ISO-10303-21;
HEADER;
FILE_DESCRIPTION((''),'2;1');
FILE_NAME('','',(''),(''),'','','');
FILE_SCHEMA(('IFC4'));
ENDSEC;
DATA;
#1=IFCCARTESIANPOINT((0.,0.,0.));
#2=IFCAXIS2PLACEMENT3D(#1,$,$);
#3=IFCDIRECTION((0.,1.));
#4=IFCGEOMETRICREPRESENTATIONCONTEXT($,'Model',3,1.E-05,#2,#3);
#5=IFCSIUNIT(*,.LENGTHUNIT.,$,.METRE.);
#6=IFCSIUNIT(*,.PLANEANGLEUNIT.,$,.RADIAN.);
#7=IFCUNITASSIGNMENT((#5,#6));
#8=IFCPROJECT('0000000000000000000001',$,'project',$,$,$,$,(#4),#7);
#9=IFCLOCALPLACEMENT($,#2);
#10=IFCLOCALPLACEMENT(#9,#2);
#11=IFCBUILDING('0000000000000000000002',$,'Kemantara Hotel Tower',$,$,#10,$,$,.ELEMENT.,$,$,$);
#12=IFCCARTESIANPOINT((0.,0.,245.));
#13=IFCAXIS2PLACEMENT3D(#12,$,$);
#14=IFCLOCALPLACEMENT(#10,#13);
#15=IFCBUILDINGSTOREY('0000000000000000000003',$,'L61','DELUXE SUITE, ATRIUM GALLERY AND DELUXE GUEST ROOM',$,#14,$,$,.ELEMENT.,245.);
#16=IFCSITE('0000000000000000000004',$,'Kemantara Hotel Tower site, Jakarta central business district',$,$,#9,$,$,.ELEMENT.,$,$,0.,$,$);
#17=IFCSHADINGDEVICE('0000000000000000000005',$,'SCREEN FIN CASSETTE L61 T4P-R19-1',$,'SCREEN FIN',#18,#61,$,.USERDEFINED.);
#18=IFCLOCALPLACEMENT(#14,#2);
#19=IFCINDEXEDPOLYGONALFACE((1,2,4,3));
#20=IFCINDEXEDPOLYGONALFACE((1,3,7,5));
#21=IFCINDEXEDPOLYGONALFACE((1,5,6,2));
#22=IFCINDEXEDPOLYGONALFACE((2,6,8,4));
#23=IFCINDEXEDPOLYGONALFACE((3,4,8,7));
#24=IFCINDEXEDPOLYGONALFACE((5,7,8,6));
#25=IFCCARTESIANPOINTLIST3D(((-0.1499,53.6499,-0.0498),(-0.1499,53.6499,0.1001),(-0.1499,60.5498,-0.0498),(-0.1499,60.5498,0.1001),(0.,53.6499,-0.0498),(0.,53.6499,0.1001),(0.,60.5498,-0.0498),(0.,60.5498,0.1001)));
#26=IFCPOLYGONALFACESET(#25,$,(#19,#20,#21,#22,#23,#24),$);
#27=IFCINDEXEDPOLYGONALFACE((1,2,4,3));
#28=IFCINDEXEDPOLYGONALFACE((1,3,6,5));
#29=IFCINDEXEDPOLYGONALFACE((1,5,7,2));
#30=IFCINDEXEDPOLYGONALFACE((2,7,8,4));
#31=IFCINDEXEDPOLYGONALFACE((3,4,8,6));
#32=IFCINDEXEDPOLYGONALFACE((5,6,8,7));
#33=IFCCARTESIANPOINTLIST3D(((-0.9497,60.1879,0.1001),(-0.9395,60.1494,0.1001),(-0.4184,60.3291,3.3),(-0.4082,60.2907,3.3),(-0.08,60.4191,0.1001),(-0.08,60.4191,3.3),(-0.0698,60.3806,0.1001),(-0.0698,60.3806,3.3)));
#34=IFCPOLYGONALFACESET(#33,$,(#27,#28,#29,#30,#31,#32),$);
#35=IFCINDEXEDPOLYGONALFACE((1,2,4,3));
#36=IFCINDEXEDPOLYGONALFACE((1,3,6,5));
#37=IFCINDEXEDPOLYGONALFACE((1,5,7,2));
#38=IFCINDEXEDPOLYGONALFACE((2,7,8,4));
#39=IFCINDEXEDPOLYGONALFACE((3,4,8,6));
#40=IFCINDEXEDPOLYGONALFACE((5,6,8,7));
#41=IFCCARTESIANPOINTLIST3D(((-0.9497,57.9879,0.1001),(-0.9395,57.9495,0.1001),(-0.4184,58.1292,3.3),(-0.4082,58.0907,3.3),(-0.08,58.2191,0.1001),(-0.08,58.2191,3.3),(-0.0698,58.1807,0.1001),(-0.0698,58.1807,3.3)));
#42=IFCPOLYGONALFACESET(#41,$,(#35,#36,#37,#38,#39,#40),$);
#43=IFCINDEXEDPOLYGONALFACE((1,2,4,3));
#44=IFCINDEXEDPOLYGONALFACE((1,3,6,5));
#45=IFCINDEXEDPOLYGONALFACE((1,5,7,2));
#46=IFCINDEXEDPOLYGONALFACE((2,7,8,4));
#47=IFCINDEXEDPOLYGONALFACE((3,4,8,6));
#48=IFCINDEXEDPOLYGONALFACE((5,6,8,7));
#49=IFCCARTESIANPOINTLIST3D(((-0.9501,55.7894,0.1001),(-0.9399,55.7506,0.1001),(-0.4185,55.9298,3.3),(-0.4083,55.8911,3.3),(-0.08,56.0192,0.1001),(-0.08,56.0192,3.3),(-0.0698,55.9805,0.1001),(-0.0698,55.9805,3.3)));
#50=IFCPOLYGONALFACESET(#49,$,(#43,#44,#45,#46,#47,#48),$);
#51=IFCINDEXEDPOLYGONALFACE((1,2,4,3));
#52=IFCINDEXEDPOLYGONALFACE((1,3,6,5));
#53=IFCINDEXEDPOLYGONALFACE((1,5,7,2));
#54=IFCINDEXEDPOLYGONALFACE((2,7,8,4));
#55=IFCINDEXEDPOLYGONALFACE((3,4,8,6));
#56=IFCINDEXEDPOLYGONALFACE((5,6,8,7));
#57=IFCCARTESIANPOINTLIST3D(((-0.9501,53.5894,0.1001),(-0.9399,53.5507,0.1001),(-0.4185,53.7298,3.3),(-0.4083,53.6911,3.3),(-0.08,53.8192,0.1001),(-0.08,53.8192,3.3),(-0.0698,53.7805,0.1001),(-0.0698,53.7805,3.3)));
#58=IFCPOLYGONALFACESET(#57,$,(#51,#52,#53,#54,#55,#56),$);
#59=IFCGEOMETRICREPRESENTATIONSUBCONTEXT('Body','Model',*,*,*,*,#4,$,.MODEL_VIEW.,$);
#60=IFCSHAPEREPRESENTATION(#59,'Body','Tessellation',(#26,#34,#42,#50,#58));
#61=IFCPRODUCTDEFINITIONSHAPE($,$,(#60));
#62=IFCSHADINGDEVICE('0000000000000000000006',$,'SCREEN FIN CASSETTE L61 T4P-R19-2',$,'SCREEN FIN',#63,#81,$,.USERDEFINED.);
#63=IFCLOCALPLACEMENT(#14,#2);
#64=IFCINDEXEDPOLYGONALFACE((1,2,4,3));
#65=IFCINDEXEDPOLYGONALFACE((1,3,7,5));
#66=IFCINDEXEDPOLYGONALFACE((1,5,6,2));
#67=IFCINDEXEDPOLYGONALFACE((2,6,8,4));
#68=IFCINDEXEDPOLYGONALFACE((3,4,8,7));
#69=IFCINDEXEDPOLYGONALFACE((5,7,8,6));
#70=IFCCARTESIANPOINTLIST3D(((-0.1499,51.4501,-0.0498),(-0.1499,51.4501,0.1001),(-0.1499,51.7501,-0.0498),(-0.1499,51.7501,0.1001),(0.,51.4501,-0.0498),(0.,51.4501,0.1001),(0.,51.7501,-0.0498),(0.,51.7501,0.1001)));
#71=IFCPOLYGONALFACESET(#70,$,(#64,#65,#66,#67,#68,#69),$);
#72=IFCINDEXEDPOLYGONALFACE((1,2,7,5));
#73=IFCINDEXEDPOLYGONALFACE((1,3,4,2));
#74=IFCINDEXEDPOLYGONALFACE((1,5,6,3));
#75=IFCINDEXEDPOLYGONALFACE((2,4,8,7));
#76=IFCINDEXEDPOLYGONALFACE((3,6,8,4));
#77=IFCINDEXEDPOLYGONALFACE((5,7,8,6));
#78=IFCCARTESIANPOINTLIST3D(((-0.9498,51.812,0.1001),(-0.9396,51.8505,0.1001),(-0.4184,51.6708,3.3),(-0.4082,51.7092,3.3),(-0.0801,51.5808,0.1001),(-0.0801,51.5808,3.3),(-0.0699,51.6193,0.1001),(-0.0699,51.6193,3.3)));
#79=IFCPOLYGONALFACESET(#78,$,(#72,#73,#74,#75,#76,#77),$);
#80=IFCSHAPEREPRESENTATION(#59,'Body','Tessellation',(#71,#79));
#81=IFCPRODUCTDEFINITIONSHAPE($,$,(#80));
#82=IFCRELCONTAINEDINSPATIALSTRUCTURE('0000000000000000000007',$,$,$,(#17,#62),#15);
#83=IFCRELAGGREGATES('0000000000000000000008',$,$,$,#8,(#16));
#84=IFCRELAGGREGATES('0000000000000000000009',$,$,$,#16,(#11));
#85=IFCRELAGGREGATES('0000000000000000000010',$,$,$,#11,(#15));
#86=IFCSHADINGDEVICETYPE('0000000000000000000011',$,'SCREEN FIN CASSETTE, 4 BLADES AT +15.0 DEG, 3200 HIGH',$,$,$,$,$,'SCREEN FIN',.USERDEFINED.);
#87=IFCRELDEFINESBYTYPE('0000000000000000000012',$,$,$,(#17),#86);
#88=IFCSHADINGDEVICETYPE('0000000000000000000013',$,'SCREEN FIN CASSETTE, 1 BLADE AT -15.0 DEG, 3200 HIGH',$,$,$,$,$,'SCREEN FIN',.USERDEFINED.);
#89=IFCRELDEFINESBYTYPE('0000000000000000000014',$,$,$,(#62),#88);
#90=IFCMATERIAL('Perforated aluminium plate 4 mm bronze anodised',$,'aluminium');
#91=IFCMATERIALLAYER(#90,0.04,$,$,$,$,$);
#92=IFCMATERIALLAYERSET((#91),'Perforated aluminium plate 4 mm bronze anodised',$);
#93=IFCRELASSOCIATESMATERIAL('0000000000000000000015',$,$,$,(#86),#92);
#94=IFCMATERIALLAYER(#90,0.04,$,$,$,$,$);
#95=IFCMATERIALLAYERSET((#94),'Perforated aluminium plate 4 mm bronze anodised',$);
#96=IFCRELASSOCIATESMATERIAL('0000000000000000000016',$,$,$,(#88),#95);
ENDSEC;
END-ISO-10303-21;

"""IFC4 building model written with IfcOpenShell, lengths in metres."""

from ifc_helpers import new_model, si_unit, direction, frame, origin, origin_2d, place, context, subcontext, project, spatial, polyline, rectangle, outline, extrude, source, transform, mapped, material, layer, layer_set, type_object, element, save


model = new_model("IFC4")

# Units and contexts
model_context = context("Model", 3, precision=1e-05, world=origin(), true_north=direction((0.0, 1.0)))
body_context = subcontext(model_context, "Body", "Model", "MODEL_VIEW")
ifc_project = project(units=[si_unit("LENGTHUNIT", "METRE"), si_unit("PLANEANGLEUNIT", "RADIAN")], contexts=[model_context])

# Site, building, storey
site_placement = place(None, origin())
site = spatial("IfcSite", under=ifc_project, at=site_placement, Name="Kemantara Hotel Tower site, Jakarta central business district", CompositionType="ELEMENT", RefElevation=0.0)
building_placement = place(site_placement, origin())
building = spatial("IfcBuilding", under=site, at=building_placement, Name="Kemantara Hotel Tower", CompositionType="ELEMENT")
storey_placement = place(building_placement, frame((0.0, 0.0, 245.0)))
storey = spatial("IfcBuildingStorey", under=building, at=storey_placement, Name="L61", Description="DELUXE SUITE, ATRIUM GALLERY AND DELUXE GUEST ROOM", CompositionType="ELEMENT", Elevation=245.0)

# Shading devices
ifc_material_1 = material(Name="Perforated aluminium plate 4 mm bronze anodised", Category="aluminium")
ifc_layer_1 = layer(ifc_material_1, 0.04)
ifc_layer_set_1 = layer_set([ifc_layer_1], Name="Perforated aluminium plate 4 mm bronze anodised")
shading_device_type_1 = type_object("IfcShadingDeviceType", Name="SCREEN FIN CASSETTE, 4 BLADES AT +15.0 DEG, 3200 HIGH", ElementType="SCREEN FIN", PredefinedType="USERDEFINED", material=ifc_layer_set_1)
shared_shape_1 = source(origin(), body_context, "Body", "SweptSolid", [
    extrude(rectangle(XDim=6.8999, YDim=0.1499, at=origin_2d()), frame((3.3, -0.075, -0.1499), z_axis=(0.0, 0.0, 1.0), x_axis=(1.0, 0.0, 0.0)), (0.0, 0.0, 1.0), 0.1499),
    extrude(outline(polyline([(0.0, 0.0), (0.8999, 0.0), (0.3501, 3.2), (0.0, 3.2), (0.0, 0.0)])), frame((0.0193, -0.0698, 0.0), z_axis=(-0.966438, -0.256901, 0.0), x_axis=(0.256901, -0.966438, 0.0)), (0.0, 0.0, 1.0), 0.0398),
    extrude(outline(polyline([(0.0, 0.0), (0.8999, 0.0), (0.3501, 3.2), (0.0, 3.2), (0.0, 0.0)])), frame((2.2192, -0.0698, 0.0), z_axis=(-0.966438, -0.256901, 0.0), x_axis=(0.256901, -0.966438, 0.0)), (0.0, 0.0, 1.0), 0.0398),
    extrude(outline(polyline([(0.0, 0.0), (0.8999, 0.0), (0.3501, 3.2), (0.0, 3.2), (0.0, 0.0)])), frame((4.4194, -0.0698, 0.0), z_axis=(-0.966838, -0.255391, 0.0), x_axis=(0.255391, -0.966838, 0.0)), (0.0, 0.0, 1.0), 0.04),
    extrude(outline(polyline([(0.0, 0.0), (0.8999, 0.0), (0.3501, 3.2), (0.0, 3.2), (0.0, 0.0)])), frame((6.6194, -0.0698, 0.0), z_axis=(-0.966838, -0.255391, 0.0), x_axis=(0.255391, -0.966838, 0.0)), (0.0, 0.0, 1.0), 0.04),
])
shading_device_1_placement = place(storey_placement, frame((0.0, 60.3999, 0.1001), z_axis=(0.0, 0.0, 1.0), x_axis=(0.0, -1.0, 0.0)))
element("IfcShadingDevice", 1, at=shading_device_1_placement, inside=storey, type_object=shading_device_type_1, Name="SCREEN FIN CASSETTE L61 T4P-R19-1", ObjectType="SCREEN FIN", PredefinedType="USERDEFINED", context=body_context, shape_type="MappedRepresentation", body=[
    mapped(shared_shape_1, transform((0.0, 0.0, 0.0))),
])
ifc_layer_2 = layer(ifc_material_1, 0.04)
ifc_layer_set_2 = layer_set([ifc_layer_2], Name="Perforated aluminium plate 4 mm bronze anodised")
shading_device_type_2 = type_object("IfcShadingDeviceType", Name="SCREEN FIN CASSETTE, 1 BLADE AT -15.0 DEG, 3200 HIGH", ElementType="SCREEN FIN", PredefinedType="USERDEFINED", material=ifc_layer_set_2)
shared_shape_2 = source(origin(), body_context, "Body", "SweptSolid", [
    extrude(rectangle(XDim=0.3, YDim=0.1499, at=origin_2d()), frame((0.0, -0.075, -0.1499), z_axis=(0.0, 0.0, 1.0), x_axis=(1.0, 0.0, 0.0)), (0.0, 0.0, 1.0), 0.1499),
    extrude(outline(polyline([(0.0, 0.0), (0.8999, 0.0), (0.3501, 3.2), (0.0, 3.2), (0.0, 0.0)])), frame((0.0193, -0.0801, 0.0), z_axis=(-0.966438, 0.256901, 0.0), x_axis=(-0.256901, -0.966438, 0.0)), (0.0, 0.0, 1.0), 0.0398),
])
shading_device_2_placement = place(storey_placement, frame((0.0, 51.6001, 0.1001), z_axis=(0.0, 0.0, 1.0), x_axis=(0.0, -1.0, 0.0)))
element("IfcShadingDevice", 2, at=shading_device_2_placement, inside=storey, type_object=shading_device_type_2, Name="SCREEN FIN CASSETTE L61 T4P-R19-2", ObjectType="SCREEN FIN", PredefinedType="USERDEFINED", context=body_context, shape_type="MappedRepresentation", body=[
    mapped(shared_shape_2, transform((0.0, 0.0, 0.0))),
])

save(model, "model.ifc")
